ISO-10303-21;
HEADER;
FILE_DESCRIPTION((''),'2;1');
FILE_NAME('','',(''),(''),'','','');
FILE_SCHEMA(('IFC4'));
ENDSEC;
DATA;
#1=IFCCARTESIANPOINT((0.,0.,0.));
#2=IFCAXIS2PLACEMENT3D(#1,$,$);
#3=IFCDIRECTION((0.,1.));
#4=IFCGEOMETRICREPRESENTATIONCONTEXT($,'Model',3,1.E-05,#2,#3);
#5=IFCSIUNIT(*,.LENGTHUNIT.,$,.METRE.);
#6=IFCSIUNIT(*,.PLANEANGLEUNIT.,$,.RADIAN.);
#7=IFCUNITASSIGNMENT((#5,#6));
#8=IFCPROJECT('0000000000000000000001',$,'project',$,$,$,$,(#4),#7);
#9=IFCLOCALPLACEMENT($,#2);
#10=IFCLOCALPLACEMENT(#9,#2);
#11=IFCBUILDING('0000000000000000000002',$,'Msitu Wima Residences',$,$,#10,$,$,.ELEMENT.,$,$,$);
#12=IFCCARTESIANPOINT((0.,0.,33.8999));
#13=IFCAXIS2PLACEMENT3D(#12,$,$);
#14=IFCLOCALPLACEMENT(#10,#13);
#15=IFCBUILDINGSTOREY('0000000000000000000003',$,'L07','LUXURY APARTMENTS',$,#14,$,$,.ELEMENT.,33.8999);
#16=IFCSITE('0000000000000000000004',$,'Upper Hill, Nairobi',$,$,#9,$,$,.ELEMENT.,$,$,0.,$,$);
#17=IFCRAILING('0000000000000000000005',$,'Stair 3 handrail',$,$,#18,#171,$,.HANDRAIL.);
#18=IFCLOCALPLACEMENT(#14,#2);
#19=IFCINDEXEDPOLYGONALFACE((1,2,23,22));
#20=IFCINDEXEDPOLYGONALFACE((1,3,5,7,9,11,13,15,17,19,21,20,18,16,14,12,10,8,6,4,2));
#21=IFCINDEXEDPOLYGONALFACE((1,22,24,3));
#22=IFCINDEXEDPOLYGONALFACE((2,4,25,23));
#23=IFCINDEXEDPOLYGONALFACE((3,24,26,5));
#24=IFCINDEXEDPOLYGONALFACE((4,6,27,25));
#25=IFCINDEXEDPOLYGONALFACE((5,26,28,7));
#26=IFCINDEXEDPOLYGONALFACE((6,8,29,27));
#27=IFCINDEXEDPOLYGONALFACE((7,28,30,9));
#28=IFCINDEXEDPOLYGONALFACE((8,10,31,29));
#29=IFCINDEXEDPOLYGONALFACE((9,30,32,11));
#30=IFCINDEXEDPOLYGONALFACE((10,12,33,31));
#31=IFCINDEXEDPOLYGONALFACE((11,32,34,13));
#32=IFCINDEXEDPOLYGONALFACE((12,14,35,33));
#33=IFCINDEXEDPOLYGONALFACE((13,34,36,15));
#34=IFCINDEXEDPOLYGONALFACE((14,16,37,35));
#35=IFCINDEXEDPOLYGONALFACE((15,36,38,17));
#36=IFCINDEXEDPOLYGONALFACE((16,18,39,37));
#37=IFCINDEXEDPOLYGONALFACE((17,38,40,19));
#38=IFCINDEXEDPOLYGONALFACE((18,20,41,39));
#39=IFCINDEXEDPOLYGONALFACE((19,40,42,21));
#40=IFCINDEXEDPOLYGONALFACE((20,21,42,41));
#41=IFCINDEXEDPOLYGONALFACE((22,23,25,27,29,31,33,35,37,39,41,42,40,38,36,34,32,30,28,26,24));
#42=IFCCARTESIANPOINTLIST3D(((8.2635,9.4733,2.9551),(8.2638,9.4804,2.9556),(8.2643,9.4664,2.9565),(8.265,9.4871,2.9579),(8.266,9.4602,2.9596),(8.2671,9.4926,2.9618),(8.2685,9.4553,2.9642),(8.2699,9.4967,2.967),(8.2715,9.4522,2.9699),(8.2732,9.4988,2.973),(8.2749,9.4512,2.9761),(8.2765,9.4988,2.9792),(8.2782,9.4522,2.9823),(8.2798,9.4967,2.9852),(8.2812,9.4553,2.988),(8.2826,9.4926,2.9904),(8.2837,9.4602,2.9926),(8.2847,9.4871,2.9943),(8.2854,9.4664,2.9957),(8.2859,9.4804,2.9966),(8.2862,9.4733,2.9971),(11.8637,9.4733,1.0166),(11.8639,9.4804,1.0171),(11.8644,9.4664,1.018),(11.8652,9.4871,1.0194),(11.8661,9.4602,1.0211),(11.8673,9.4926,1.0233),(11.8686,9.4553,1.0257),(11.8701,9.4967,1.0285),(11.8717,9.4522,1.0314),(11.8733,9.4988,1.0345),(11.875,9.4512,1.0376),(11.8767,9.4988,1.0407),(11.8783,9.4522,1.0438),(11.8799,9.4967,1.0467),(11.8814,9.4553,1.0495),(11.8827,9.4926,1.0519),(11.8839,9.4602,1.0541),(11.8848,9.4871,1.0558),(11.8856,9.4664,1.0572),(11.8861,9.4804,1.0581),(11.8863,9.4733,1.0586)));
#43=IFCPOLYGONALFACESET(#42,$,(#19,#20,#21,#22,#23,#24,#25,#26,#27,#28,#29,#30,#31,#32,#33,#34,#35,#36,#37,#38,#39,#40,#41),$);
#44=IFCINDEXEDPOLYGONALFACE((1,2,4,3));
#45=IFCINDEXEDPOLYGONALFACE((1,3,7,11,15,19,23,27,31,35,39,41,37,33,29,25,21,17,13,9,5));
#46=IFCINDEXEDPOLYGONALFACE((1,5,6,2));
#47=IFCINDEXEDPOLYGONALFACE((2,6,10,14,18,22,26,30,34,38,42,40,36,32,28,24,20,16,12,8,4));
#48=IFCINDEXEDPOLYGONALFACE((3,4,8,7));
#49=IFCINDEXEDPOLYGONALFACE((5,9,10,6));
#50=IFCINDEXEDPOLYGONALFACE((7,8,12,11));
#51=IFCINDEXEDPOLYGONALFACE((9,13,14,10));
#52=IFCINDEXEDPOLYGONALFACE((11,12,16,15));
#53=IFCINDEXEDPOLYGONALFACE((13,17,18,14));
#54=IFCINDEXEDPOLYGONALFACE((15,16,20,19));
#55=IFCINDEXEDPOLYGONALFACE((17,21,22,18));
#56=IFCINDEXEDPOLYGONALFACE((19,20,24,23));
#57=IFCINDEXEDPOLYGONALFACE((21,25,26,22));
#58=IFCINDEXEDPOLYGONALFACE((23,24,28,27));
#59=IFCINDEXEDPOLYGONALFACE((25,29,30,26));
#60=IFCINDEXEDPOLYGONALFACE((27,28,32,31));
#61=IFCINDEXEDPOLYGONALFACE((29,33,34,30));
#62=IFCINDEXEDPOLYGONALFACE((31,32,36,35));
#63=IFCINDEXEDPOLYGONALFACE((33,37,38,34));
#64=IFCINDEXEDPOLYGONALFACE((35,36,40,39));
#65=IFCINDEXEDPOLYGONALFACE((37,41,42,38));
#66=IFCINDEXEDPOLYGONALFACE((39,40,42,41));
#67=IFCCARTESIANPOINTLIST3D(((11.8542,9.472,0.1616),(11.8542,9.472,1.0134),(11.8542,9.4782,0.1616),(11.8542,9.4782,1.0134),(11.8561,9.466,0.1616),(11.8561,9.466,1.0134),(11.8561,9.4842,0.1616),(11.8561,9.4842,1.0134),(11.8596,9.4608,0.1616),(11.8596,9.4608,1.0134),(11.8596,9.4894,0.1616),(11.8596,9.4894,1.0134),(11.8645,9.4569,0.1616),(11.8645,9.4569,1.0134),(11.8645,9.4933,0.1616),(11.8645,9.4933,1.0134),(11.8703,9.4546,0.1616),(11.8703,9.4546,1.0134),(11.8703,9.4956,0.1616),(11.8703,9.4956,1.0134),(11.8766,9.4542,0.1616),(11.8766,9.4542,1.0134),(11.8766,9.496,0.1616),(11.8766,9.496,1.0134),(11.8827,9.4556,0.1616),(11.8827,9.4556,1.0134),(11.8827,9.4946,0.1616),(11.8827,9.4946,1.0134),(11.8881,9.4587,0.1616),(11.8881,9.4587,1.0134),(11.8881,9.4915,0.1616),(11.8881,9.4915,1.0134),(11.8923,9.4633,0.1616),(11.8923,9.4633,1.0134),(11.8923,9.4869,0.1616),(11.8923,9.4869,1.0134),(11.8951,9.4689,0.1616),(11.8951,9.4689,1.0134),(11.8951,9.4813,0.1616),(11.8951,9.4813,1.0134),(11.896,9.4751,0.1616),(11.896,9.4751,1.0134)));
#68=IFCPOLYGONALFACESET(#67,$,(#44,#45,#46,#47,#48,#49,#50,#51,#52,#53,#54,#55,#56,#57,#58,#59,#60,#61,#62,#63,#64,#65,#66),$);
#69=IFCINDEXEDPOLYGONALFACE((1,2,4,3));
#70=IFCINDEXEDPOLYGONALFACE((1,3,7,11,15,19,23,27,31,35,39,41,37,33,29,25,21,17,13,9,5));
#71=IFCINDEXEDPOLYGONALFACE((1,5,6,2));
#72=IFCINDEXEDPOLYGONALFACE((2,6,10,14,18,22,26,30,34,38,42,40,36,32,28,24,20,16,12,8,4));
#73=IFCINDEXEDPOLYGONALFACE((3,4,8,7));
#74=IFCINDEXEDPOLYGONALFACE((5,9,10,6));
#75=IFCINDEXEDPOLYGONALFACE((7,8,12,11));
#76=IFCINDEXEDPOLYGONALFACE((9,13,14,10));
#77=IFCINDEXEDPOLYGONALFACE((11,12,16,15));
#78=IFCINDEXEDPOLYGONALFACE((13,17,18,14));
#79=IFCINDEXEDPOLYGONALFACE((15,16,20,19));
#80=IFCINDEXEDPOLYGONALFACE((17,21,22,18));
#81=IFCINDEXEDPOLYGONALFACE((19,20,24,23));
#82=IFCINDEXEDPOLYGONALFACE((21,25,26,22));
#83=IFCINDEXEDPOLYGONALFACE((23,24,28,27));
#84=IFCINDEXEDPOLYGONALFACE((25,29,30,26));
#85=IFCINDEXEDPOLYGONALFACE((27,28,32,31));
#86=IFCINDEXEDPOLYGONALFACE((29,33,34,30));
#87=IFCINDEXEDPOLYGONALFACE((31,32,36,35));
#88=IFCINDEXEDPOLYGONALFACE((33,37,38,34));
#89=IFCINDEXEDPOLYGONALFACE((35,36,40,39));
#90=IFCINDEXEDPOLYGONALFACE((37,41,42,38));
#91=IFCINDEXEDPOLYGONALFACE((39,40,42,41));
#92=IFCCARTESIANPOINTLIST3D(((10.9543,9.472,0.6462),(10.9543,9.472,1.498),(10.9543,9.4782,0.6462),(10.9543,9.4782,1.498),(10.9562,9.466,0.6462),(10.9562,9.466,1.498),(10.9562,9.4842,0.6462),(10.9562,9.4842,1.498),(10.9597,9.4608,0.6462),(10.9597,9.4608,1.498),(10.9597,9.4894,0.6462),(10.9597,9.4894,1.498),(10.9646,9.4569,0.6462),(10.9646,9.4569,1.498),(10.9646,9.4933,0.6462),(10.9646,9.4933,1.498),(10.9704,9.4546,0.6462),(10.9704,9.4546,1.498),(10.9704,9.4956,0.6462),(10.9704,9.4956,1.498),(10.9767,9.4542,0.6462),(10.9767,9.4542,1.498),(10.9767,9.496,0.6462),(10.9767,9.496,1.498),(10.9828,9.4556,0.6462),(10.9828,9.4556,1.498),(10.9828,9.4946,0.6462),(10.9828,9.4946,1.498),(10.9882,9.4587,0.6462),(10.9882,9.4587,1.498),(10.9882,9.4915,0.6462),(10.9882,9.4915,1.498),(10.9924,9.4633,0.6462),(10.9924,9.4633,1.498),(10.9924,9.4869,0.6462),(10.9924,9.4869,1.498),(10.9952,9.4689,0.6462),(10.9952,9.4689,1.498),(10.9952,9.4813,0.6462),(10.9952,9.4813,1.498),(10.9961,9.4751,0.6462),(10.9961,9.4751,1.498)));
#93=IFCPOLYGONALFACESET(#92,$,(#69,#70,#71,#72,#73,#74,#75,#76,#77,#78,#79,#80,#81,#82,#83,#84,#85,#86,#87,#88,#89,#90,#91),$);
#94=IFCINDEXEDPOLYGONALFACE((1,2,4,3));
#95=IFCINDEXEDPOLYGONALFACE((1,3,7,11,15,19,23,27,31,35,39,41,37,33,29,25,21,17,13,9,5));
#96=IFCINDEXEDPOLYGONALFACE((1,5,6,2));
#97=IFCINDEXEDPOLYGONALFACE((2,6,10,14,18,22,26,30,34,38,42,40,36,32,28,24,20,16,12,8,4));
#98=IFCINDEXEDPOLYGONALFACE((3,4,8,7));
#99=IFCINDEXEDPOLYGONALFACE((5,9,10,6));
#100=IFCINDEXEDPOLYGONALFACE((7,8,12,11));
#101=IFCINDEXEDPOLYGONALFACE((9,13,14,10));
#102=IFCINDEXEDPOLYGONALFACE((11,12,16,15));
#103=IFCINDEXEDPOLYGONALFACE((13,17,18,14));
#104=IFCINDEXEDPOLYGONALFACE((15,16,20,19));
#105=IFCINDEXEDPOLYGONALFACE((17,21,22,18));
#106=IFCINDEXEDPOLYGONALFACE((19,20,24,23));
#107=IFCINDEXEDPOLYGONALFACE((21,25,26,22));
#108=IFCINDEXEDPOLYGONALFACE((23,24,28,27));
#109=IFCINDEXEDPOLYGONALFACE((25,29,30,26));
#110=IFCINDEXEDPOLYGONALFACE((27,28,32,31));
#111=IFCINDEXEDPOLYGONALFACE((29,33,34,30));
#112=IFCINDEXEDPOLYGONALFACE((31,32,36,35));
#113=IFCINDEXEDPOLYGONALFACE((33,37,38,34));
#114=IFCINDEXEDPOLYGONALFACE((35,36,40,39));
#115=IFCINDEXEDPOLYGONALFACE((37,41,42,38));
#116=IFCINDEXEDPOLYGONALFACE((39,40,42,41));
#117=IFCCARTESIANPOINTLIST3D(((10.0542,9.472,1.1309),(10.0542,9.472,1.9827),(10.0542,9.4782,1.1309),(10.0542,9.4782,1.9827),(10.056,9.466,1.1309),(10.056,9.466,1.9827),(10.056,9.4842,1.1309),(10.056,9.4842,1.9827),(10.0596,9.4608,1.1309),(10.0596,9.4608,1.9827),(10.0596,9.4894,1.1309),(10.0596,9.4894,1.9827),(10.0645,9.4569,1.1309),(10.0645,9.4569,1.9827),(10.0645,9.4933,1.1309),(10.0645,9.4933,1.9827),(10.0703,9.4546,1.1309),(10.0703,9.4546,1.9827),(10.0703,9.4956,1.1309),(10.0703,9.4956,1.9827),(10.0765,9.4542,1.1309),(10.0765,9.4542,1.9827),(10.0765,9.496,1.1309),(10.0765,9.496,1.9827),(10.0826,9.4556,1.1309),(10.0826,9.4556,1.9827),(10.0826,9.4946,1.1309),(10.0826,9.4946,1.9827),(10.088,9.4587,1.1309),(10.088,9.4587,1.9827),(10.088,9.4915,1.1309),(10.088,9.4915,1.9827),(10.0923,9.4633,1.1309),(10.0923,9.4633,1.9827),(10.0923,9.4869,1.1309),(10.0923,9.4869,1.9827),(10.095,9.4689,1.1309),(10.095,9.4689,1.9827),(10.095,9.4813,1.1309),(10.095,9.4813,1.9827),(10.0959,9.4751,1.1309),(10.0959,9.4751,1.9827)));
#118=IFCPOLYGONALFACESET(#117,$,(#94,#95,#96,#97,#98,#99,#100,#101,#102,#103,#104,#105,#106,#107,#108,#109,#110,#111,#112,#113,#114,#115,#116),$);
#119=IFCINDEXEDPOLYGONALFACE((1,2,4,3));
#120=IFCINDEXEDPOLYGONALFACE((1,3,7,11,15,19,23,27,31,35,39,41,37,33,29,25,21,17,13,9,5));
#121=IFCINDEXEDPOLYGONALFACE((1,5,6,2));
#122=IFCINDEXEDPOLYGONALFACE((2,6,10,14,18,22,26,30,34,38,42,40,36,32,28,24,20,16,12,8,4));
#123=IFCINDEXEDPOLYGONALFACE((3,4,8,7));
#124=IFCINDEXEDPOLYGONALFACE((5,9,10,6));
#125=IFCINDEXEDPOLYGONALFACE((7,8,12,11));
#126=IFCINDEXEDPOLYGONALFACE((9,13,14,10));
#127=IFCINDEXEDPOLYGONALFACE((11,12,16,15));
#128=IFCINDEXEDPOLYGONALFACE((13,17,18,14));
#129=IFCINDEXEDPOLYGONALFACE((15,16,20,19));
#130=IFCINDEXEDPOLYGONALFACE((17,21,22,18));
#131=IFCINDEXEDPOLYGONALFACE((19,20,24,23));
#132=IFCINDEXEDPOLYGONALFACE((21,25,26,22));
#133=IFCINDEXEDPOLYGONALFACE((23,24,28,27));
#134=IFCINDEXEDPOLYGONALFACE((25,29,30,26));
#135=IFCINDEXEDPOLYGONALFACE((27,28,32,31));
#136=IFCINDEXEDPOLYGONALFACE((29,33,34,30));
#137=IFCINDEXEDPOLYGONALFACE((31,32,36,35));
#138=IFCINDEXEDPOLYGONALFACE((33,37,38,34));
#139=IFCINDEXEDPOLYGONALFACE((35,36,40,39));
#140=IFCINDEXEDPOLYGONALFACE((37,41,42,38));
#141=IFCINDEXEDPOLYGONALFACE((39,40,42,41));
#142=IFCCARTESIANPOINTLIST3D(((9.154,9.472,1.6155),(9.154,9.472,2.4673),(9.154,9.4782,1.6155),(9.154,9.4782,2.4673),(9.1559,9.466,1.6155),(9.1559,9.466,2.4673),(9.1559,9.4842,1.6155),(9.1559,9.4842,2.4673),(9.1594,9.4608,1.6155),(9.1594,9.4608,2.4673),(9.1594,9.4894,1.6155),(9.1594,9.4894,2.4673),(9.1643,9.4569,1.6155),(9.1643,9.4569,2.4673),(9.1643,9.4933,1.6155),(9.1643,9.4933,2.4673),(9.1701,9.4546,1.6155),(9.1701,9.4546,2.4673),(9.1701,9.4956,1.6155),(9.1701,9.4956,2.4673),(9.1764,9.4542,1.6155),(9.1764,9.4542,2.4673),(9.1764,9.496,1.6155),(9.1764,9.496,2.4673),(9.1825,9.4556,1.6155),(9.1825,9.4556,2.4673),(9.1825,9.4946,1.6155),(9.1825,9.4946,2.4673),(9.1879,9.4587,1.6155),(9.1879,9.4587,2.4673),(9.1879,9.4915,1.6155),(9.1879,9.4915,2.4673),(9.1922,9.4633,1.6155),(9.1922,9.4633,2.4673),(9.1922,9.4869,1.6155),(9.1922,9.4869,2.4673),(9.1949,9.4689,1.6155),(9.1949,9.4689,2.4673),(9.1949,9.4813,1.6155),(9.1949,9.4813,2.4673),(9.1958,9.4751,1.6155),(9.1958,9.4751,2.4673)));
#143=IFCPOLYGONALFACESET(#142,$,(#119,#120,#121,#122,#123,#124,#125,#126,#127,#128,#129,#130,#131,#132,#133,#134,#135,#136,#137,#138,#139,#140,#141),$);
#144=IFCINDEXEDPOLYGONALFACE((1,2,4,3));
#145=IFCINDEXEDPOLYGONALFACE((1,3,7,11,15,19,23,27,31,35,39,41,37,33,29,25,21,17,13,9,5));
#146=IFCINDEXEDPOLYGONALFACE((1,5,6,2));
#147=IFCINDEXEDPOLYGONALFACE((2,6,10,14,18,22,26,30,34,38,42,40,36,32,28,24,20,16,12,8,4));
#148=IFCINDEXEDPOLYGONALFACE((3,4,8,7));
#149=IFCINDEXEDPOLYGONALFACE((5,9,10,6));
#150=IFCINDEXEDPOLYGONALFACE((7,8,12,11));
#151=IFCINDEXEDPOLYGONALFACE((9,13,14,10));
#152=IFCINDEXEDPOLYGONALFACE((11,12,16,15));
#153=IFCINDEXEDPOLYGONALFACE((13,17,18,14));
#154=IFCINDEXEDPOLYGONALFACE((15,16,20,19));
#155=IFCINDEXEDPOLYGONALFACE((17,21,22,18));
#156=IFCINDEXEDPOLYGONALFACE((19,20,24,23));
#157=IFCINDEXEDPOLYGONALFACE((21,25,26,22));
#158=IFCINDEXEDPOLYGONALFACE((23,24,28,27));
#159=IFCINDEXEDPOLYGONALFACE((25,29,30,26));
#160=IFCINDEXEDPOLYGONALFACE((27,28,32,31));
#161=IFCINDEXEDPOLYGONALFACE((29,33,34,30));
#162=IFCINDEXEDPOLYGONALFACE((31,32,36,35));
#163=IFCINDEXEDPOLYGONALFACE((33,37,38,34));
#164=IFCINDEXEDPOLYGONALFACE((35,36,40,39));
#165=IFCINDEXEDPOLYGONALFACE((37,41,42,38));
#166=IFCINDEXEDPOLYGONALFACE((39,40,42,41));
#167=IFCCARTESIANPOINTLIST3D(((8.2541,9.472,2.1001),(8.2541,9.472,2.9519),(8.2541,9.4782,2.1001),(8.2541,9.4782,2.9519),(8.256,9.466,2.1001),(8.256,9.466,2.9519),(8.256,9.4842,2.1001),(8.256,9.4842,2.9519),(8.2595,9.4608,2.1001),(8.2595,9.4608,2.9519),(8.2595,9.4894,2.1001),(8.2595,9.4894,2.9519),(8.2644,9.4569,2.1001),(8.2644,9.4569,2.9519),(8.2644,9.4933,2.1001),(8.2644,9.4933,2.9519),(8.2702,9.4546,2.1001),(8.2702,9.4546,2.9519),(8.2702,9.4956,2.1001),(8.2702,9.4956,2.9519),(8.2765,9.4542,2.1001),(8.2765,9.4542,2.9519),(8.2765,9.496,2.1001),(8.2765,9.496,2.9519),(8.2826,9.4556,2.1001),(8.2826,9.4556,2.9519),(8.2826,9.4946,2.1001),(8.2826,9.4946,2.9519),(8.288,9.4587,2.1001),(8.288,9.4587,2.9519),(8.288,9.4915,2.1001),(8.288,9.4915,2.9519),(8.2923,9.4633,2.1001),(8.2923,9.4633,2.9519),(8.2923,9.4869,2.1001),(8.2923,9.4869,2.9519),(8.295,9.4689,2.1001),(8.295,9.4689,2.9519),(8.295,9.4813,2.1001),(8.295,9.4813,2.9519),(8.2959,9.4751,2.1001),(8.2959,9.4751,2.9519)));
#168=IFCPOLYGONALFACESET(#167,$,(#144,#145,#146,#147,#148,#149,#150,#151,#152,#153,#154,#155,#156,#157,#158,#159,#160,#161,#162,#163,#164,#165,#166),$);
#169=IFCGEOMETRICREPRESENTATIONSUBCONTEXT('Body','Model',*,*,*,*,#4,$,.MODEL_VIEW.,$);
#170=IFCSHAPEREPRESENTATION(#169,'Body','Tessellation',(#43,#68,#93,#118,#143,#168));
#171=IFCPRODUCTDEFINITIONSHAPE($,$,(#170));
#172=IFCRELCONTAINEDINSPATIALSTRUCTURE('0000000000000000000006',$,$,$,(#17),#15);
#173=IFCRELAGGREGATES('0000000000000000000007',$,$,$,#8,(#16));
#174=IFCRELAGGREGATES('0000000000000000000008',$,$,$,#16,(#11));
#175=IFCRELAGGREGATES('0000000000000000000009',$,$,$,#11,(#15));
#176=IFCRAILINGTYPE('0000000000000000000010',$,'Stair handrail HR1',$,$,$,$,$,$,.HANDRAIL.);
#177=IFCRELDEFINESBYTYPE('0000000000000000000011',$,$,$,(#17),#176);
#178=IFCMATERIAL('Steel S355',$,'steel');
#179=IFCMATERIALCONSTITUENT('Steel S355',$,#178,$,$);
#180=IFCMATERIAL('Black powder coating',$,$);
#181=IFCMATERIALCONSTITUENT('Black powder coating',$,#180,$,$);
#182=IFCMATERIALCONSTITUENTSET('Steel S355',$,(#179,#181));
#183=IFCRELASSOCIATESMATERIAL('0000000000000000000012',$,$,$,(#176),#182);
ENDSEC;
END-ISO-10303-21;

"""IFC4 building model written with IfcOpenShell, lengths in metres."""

from ifc_helpers import new_model, si_unit, direction, frame, origin, origin_2d, place, context, subcontext, project, spatial, circle, extrude, material, constituent, constituent_set, type_object, element, save


model = new_model("IFC4")

# Units and contexts
model_context = context("Model", 3, precision=1e-05, world=origin(), true_north=direction((0.0, 1.0)))
body_context = subcontext(model_context, "Body", "Model", "MODEL_VIEW")
ifc_project = project(units=[si_unit("LENGTHUNIT", "METRE"), si_unit("PLANEANGLEUNIT", "RADIAN")], contexts=[model_context])

# Site, building, storey
site_placement = place(None, origin())
site = spatial("IfcSite", under=ifc_project, at=site_placement, Name="Upper Hill, Nairobi", CompositionType="ELEMENT", RefElevation=0.0)
building_placement = place(site_placement, origin())
building = spatial("IfcBuilding", under=site, at=building_placement, Name="Msitu Wima Residences", CompositionType="ELEMENT")
storey_placement = place(building_placement, frame((0.0, 0.0, 33.8999)))
storey = spatial("IfcBuildingStorey", under=building, at=storey_placement, Name="L07", Description="LUXURY APARTMENTS", CompositionType="ELEMENT", Elevation=33.8999)

# Railing
ifc_material_1 = material(Name="Steel S355", Category="steel")
ifc_constituent_1 = constituent(ifc_material_1, Name="Steel S355")
ifc_material_2 = material(Name="Black powder coating")
ifc_constituent_2 = constituent(ifc_material_2, Name="Black powder coating")
ifc_constituent_set = constituent_set(constituents=[ifc_constituent_1, ifc_constituent_2], Name="Steel S355")
railing_type = type_object("IfcRailingType", Name="Stair handrail HR1", PredefinedType="HANDRAIL", material=ifc_constituent_set)
for number, where, name in (
    (1, (11.875, 9.4751, 0.1616), "Stair 3 handrail"),
):
    element("IfcRailing", number, at=place(storey_placement, frame(where)), inside=storey, type_object=railing_type, Name=name, PredefinedType="HANDRAIL", context=body_context, shape_type="SweptSolid", body=[
        extrude(circle(Radius=0.0239, at=origin_2d()), frame((0.0, 0.0, 0.876), z_axis=(-0.880475, 0.0, 0.474093), x_axis=(0.0, -1.0, 0.0)), (0.0, 0.0, 1.0), 4.0889),
        extrude(circle(Radius=0.021, at=origin_2d()), origin(), (0.0, 0.0, 1.0), 0.8518),
        extrude(circle(Radius=0.021, at=origin_2d()), frame((-0.8999, 0.0, 0.4846)), (0.0, 0.0, 1.0), 0.8518),
        extrude(circle(Radius=0.021, at=origin_2d()), frame((-1.8, 0.0, 0.9692)), (0.0, 0.0, 1.0), 0.8518),
        extrude(circle(Radius=0.021, at=origin_2d()), frame((-2.7002, 0.0, 1.4539)), (0.0, 0.0, 1.0), 0.8518),
        extrude(circle(Radius=0.021, at=origin_2d()), frame((-3.6001, 0.0, 1.9385)), (0.0, 0.0, 1.0), 0.8518),
    ])

save(model, "model.ifc")
